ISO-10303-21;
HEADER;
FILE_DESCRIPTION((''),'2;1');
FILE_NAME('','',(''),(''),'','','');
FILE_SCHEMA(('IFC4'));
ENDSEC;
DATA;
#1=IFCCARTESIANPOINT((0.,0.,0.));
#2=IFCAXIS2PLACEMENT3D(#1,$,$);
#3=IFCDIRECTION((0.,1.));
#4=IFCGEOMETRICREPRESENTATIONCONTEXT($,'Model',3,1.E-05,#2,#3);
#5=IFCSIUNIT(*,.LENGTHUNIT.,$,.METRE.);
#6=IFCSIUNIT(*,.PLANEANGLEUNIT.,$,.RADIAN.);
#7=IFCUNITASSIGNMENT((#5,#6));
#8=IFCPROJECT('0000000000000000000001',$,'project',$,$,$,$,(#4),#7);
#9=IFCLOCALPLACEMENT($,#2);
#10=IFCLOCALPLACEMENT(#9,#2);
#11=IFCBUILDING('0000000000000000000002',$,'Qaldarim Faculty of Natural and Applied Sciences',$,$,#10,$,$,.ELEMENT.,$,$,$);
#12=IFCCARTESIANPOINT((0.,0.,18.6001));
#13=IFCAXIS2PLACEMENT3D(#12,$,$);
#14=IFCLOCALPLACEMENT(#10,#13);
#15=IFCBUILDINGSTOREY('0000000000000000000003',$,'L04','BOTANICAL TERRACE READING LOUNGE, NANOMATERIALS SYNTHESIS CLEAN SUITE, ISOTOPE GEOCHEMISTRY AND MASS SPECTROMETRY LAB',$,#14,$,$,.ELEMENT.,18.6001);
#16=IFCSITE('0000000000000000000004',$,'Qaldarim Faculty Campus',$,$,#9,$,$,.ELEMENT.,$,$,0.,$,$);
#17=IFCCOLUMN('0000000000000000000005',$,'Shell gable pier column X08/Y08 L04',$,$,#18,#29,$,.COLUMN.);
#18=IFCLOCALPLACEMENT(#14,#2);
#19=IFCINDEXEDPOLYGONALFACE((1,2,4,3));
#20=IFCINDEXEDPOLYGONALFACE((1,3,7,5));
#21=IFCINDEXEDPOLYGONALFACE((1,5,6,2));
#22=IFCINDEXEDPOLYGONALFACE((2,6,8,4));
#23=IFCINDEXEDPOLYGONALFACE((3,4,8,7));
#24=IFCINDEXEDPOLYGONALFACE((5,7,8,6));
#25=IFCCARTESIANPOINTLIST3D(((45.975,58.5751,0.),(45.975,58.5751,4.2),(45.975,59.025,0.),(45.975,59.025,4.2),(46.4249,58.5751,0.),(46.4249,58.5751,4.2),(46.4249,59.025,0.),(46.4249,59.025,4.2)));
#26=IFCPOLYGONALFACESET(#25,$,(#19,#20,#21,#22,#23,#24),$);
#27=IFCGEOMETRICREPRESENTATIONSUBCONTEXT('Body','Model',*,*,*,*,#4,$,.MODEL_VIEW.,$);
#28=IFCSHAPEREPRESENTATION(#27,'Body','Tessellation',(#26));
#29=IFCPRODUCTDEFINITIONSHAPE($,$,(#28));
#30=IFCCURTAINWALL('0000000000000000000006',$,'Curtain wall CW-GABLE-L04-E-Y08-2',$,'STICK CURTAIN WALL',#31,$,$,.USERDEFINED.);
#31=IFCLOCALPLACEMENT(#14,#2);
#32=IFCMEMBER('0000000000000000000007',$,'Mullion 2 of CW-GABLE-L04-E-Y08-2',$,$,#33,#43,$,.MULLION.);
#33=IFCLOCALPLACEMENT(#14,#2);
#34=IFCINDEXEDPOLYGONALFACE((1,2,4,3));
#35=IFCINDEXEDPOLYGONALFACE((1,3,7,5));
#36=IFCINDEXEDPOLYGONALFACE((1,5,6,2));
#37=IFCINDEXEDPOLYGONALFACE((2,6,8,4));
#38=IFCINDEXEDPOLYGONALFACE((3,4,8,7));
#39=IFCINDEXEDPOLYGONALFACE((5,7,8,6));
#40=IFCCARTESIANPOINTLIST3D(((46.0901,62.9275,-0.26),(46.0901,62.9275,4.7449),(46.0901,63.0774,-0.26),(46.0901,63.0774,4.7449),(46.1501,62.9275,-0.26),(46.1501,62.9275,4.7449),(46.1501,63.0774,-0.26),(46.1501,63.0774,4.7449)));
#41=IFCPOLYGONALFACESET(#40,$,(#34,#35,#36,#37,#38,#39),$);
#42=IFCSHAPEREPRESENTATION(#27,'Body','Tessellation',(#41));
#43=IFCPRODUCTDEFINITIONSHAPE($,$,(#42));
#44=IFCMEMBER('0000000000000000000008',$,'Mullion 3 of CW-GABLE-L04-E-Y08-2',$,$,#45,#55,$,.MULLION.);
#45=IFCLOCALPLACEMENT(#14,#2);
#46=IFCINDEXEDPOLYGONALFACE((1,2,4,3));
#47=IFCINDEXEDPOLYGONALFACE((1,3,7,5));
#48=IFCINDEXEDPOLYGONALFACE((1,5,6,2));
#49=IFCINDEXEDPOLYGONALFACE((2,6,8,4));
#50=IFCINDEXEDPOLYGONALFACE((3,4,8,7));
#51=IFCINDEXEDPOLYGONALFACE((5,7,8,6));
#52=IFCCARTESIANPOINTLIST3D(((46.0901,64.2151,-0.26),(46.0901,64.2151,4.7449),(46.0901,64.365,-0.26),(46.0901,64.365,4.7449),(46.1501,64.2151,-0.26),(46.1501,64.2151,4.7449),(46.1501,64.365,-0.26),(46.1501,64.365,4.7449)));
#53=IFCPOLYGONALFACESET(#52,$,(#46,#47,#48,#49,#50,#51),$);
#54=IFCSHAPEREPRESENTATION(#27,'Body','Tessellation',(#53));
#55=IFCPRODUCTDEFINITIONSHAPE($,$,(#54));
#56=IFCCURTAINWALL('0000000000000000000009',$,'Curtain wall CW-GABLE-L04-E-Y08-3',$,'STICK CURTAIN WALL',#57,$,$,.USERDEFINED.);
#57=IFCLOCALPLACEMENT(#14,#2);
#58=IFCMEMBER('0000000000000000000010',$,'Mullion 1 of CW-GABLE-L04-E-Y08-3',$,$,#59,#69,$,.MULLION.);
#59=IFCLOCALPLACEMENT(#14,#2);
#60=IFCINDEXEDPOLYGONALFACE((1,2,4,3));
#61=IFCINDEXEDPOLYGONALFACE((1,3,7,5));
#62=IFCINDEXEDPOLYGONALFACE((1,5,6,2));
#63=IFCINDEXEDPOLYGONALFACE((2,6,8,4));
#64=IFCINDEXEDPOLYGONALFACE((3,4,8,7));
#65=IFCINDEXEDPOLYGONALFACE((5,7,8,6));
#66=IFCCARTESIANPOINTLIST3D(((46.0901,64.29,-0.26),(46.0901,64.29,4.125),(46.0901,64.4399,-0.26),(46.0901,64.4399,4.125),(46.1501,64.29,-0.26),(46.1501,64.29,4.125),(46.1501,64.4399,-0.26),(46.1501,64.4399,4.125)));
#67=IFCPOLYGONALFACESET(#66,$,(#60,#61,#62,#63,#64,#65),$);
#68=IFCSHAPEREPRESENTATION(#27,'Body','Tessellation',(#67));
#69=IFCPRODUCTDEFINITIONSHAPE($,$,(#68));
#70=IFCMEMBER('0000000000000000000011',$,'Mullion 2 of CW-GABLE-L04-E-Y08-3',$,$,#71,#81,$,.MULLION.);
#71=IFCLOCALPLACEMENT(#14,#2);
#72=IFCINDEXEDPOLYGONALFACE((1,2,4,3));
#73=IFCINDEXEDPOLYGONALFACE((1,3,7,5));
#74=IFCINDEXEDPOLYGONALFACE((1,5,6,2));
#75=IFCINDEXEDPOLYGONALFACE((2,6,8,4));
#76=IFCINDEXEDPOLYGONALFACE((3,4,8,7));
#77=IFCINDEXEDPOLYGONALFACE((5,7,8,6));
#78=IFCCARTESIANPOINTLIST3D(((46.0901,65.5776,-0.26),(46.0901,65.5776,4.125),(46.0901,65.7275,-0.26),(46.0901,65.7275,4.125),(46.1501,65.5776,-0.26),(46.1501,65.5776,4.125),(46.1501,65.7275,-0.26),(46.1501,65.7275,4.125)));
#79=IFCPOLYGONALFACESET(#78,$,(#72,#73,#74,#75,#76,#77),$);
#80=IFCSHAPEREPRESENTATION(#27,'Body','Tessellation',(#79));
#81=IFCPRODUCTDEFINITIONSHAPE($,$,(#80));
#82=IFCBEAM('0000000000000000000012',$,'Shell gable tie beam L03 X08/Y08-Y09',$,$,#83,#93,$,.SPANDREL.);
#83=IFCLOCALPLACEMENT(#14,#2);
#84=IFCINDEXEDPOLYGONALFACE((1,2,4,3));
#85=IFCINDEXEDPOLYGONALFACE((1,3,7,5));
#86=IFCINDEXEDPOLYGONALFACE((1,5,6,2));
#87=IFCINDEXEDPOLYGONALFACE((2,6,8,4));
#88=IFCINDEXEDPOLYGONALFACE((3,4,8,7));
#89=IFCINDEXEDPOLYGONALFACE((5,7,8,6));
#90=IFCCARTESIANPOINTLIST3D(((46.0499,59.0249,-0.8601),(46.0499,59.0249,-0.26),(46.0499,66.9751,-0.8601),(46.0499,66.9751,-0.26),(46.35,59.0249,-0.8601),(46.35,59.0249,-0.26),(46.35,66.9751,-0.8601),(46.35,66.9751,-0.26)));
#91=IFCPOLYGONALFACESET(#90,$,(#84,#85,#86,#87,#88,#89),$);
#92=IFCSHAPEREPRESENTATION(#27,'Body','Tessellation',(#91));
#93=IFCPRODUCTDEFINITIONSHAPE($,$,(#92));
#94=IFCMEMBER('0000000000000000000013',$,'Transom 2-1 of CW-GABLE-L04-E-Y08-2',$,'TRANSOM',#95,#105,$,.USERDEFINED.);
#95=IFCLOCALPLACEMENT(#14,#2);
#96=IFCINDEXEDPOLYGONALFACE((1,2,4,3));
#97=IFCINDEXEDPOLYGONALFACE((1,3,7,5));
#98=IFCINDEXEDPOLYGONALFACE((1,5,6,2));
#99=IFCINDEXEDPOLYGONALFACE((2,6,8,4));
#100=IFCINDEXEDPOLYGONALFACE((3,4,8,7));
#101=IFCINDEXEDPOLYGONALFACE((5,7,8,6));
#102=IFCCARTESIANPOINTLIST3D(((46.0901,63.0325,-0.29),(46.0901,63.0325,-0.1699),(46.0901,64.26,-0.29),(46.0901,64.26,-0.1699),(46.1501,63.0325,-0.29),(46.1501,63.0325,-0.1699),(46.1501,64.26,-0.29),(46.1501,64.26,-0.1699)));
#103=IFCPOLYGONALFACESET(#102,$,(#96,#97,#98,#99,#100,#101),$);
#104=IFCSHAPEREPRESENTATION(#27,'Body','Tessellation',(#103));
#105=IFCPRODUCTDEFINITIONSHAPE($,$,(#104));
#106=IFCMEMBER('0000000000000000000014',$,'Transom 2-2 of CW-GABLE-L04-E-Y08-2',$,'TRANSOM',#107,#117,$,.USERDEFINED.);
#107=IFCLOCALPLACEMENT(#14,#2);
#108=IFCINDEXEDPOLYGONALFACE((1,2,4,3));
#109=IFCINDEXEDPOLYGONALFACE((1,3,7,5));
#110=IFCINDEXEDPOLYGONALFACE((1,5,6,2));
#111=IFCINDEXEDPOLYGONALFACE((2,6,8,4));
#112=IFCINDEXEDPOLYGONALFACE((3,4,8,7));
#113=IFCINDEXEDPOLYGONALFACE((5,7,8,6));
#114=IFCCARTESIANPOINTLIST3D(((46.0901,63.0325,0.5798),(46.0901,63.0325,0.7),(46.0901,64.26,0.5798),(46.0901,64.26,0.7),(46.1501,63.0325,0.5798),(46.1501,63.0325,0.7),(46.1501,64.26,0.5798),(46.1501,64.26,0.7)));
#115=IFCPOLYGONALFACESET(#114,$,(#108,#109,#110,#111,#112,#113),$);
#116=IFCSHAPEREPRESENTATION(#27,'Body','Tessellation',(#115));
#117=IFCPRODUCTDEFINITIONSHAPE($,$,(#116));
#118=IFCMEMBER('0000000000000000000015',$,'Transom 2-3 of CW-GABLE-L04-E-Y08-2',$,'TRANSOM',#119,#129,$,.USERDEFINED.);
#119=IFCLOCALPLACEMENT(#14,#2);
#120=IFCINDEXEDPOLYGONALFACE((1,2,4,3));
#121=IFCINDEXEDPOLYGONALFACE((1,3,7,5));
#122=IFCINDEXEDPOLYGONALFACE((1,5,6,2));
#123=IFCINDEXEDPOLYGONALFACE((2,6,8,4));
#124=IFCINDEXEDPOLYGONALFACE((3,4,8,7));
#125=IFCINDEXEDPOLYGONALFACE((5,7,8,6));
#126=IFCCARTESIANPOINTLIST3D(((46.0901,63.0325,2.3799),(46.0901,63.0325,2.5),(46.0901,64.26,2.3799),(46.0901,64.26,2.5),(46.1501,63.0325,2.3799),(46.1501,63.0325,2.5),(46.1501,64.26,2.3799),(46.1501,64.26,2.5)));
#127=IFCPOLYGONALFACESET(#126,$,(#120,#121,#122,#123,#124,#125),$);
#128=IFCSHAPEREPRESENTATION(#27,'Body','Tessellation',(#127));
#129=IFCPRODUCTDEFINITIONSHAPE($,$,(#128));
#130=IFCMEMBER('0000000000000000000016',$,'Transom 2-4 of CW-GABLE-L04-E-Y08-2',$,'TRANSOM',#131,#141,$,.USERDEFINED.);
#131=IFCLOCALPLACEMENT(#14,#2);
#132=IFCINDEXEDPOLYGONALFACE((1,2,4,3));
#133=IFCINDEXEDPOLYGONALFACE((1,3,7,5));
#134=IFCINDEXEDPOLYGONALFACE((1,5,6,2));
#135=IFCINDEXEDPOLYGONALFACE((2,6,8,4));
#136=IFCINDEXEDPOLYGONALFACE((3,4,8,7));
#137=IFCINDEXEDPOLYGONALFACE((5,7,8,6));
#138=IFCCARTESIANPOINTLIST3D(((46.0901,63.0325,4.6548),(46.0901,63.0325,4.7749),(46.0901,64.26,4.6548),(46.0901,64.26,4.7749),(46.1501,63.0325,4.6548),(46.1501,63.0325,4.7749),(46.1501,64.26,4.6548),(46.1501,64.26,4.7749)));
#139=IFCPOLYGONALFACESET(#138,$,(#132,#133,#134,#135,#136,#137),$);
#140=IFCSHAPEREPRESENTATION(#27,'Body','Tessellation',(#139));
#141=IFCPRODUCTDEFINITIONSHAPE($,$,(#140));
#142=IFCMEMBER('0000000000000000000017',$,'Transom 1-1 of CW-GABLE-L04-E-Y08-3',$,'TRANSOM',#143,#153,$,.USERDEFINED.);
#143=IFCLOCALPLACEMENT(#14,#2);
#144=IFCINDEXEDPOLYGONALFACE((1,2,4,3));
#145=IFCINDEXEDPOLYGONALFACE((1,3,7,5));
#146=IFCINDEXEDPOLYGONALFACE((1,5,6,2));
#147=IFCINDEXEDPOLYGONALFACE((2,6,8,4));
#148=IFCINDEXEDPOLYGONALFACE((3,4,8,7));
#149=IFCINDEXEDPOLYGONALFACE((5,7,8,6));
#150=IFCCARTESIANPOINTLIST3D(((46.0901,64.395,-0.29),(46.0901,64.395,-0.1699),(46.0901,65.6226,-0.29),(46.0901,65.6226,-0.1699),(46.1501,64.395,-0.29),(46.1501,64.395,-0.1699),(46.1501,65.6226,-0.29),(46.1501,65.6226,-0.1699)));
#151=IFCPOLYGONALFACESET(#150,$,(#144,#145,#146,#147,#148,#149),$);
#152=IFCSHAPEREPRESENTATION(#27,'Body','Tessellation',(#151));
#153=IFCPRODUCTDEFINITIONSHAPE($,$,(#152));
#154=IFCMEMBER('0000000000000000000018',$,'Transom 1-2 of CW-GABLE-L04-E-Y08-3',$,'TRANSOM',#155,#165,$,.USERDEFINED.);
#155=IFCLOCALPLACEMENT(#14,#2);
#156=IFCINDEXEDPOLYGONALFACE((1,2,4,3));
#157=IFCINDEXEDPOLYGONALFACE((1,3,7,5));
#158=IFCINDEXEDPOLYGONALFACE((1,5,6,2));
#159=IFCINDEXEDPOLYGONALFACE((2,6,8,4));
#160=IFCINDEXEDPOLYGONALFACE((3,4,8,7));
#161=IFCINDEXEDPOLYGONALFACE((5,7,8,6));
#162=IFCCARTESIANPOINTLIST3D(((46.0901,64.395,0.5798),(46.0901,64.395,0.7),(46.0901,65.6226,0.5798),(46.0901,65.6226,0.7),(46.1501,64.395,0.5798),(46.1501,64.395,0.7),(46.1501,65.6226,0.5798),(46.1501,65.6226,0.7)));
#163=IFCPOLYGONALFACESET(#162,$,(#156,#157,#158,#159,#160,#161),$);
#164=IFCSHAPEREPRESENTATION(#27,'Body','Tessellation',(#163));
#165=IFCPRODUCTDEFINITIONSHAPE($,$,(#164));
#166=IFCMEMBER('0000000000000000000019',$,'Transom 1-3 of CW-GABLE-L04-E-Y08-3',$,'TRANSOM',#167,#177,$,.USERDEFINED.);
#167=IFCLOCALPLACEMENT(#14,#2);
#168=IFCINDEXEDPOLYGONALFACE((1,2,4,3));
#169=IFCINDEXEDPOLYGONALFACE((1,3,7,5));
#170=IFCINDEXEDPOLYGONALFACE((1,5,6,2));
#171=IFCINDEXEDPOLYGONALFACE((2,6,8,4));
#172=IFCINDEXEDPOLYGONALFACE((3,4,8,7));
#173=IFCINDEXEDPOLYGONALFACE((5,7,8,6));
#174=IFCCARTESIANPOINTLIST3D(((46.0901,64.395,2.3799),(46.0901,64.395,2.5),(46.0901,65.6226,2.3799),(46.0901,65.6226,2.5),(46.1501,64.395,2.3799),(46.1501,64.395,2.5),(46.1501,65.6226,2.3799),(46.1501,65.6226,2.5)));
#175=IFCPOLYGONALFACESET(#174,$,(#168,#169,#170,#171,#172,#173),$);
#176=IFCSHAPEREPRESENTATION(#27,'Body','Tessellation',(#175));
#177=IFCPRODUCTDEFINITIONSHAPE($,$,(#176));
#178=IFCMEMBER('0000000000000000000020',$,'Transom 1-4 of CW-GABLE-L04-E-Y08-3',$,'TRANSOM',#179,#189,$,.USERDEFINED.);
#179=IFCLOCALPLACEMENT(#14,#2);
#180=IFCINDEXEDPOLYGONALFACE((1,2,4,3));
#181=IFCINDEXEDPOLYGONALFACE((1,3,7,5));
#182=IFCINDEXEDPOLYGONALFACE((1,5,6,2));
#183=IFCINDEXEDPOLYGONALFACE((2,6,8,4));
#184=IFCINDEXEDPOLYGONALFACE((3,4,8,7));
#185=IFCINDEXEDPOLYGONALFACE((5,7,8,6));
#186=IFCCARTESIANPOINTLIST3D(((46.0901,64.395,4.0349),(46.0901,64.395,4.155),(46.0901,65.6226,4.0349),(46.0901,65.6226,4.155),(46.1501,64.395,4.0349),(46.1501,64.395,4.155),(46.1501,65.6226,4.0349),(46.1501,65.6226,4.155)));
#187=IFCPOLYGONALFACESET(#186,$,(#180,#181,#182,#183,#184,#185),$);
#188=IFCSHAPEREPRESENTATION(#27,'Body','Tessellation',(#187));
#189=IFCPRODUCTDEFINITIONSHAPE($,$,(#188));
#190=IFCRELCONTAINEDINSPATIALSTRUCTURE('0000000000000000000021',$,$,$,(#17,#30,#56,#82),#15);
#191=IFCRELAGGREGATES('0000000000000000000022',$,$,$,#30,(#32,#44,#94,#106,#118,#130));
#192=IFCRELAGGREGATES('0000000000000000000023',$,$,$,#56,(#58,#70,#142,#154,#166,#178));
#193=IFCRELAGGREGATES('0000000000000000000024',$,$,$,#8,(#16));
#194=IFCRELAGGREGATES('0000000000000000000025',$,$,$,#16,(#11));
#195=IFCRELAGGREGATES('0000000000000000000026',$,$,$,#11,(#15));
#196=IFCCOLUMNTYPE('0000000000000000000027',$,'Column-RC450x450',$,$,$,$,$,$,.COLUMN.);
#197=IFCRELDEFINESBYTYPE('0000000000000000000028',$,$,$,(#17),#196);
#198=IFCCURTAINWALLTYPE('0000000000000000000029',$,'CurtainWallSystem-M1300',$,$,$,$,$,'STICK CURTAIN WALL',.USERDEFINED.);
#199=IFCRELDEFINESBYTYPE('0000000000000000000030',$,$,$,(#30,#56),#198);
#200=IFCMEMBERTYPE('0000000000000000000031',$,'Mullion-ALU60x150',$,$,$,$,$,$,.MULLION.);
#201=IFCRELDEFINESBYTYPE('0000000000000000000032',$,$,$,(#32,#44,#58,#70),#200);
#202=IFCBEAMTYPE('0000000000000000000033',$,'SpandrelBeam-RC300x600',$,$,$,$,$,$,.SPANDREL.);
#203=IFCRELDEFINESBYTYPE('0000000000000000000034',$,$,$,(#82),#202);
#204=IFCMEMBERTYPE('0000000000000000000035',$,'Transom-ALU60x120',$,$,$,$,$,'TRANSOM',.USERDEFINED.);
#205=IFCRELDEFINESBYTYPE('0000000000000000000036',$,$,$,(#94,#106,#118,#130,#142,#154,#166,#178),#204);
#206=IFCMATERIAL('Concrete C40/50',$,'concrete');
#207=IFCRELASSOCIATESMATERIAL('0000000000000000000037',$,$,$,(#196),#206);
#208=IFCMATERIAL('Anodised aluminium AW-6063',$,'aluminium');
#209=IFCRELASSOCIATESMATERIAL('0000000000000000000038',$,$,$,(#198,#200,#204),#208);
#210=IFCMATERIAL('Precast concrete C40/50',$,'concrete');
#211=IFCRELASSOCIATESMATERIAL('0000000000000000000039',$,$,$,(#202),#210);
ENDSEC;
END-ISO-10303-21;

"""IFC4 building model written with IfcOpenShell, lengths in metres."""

from ifc_helpers import new_model, si_unit, direction, frame, origin, origin_2d, place, context, subcontext, project, spatial, rectangle, extrude, material, material_profile, profile_set, type_object, element, aggregate, save


model = new_model("IFC4")

# Units and contexts
model_context = context("Model", 3, precision=1e-05, world=origin(), true_north=direction((0.0, 1.0)))
body_context = subcontext(model_context, "Body", "Model", "MODEL_VIEW")
ifc_project = project(units=[si_unit("LENGTHUNIT", "METRE"), si_unit("PLANEANGLEUNIT", "RADIAN")], contexts=[model_context])

# Site, building, storey
site_placement = place(None, origin())
site = spatial("IfcSite", under=ifc_project, at=site_placement, Name="Qaldarim Faculty Campus", CompositionType="ELEMENT", RefElevation=0.0)
building_placement = place(site_placement, origin())
building = spatial("IfcBuilding", under=site, at=building_placement, Name="Qaldarim Faculty of Natural and Applied Sciences", CompositionType="ELEMENT")
storey_placement = place(building_placement, frame((0.0, 0.0, 18.6001)))
storey = spatial("IfcBuildingStorey", under=building, at=storey_placement, Name="L04", Description="BOTANICAL TERRACE READING LOUNGE, NANOMATERIALS SYNTHESIS CLEAN SUITE, ISOTOPE GEOCHEMISTRY AND MASS SPECTROMETRY LAB", CompositionType="ELEMENT", Elevation=18.6001)

# Column
ifc_material_1 = material(Name="Concrete C40/50", Category="concrete")
ifc_material_profile_1 = material_profile(ifc_material_1, rectangle(XDim=0.45, YDim=0.45, at=origin_2d()), Name="RC-C450x450")
ifc_profile_set_1 = profile_set([ifc_material_profile_1], Name="Concrete C40/50")
column_type = type_object("IfcColumnType", Name="Column-RC450x450", PredefinedType="COLUMN", material=ifc_profile_set_1)
column_placement = place(storey_placement, frame((46.2, 58.8, 0.0), z_axis=(0.0, 0.0, 1.0), x_axis=(1.0, 0.0, 0.0)))
element("IfcColumn", 1, at=column_placement, inside=storey, type_object=column_type, Name="Shell gable pier column X08/Y08 L04", PredefinedType="COLUMN", context=body_context, shape_type="SweptSolid", body=[
    extrude(rectangle(XDim=0.45, YDim=0.45, at=origin_2d()), origin(), (0.0, 0.0, 1.0), 4.2),
])

# Curtain walls, members
ifc_material_2 = material(Name="Anodised aluminium AW-6063", Category="aluminium")
curtain_wall_type = type_object("IfcCurtainWallType", Name="CurtainWallSystem-M1300", ElementType="STICK CURTAIN WALL", PredefinedType="USERDEFINED", material=ifc_material_2)
curtain_wall_1_placement = place(storey_placement, origin())
curtain_wall_1 = element("IfcCurtainWall", 2, at=curtain_wall_1_placement, inside=storey, type_object=curtain_wall_type, Name="Curtain wall CW-GABLE-L04-E-Y08-2", ObjectType="STICK CURTAIN WALL", PredefinedType="USERDEFINED")
ifc_material_profile_2 = material_profile(ifc_material_2, rectangle(XDim=0.0601, YDim=0.1499, at=origin_2d()), Name="ALU-M60x150")
ifc_profile_set_2 = profile_set([ifc_material_profile_2], Name="Anodised aluminium AW-6063")
member_type_1 = type_object("IfcMemberType", Name="Mullion-ALU60x150", PredefinedType="MULLION", material=ifc_profile_set_2)
member_1_placement = place(storey_placement, frame((46.1201, 63.0024, -0.26), z_axis=(0.0, 0.0, 1.0), x_axis=(-1.0, 0.0, 0.0)))
member_1 = element("IfcMember", 3, at=member_1_placement, type_object=member_type_1, Name="Mullion 2 of CW-GABLE-L04-E-Y08-2", PredefinedType="MULLION", context=body_context, shape_type="SweptSolid", body=[
    extrude(rectangle(XDim=0.0601, YDim=0.1499, at=origin_2d()), origin(), (0.0, 0.0, 1.0), 5.0049),
])
member_2_placement = place(storey_placement, frame((46.1201, 64.29, -0.26), z_axis=(0.0, 0.0, 1.0), x_axis=(-1.0, 0.0, 0.0)))
member_2 = element("IfcMember", 4, at=member_2_placement, type_object=member_type_1, Name="Mullion 3 of CW-GABLE-L04-E-Y08-2", PredefinedType="MULLION", context=body_context, shape_type="SweptSolid", body=[
    extrude(rectangle(XDim=0.0601, YDim=0.1499, at=origin_2d()), origin(), (0.0, 0.0, 1.0), 5.0049),
])
curtain_wall_2_placement = place(storey_placement, origin())
curtain_wall_2 = element("IfcCurtainWall", 5, at=curtain_wall_2_placement, inside=storey, type_object=curtain_wall_type, Name="Curtain wall CW-GABLE-L04-E-Y08-3", ObjectType="STICK CURTAIN WALL", PredefinedType="USERDEFINED")
member_3_placement = place(storey_placement, frame((46.1201, 64.365, -0.26), z_axis=(0.0, 0.0, 1.0), x_axis=(-1.0, 0.0, 0.0)))
member_3 = element("IfcMember", 6, at=member_3_placement, type_object=member_type_1, Name="Mullion 1 of CW-GABLE-L04-E-Y08-3", PredefinedType="MULLION", context=body_context, shape_type="SweptSolid", body=[
    extrude(rectangle(XDim=0.0601, YDim=0.1499, at=origin_2d()), origin(), (0.0, 0.0, 1.0), 4.385),
])
member_4_placement = place(storey_placement, frame((46.1201, 65.6526, -0.26), z_axis=(0.0, 0.0, 1.0), x_axis=(-1.0, 0.0, 0.0)))
member_4 = element("IfcMember", 7, at=member_4_placement, type_object=member_type_1, Name="Mullion 2 of CW-GABLE-L04-E-Y08-3", PredefinedType="MULLION", context=body_context, shape_type="SweptSolid", body=[
    extrude(rectangle(XDim=0.0601, YDim=0.1499, at=origin_2d()), origin(), (0.0, 0.0, 1.0), 4.385),
])

# Beam
ifc_material_3 = material(Name="Precast concrete C40/50", Category="concrete")
ifc_material_profile_3 = material_profile(ifc_material_3, rectangle(XDim=0.3, YDim=0.6001, at=origin_2d()), Name="RC-SP300x600")
ifc_profile_set_3 = profile_set([ifc_material_profile_3], Name="Precast concrete C40/50")
beam_type = type_object("IfcBeamType", Name="SpandrelBeam-RC300x600", PredefinedType="SPANDREL", material=ifc_profile_set_3)
beam_placement = place(storey_placement, frame((46.2, 59.0249, -0.5601), z_axis=(0.0, 1.0, 0.0), x_axis=(-1.0, 0.0, 0.0)))
element("IfcBeam", 8, at=beam_placement, inside=storey, type_object=beam_type, Name="Shell gable tie beam L03 X08/Y08-Y09", PredefinedType="SPANDREL", context=body_context, shape_type="SweptSolid", body=[
    extrude(rectangle(XDim=0.3, YDim=0.6001, at=origin_2d()), origin(), (0.0, 0.0, 1.0), 7.9502),
])

# Members
ifc_material_profile_4 = material_profile(ifc_material_2, rectangle(XDim=0.0601, YDim=0.1201, at=origin_2d()), Name="ALU-T60x120")
ifc_profile_set_4 = profile_set([ifc_material_profile_4], Name="Anodised aluminium AW-6063")
member_type_2 = type_object("IfcMemberType", Name="Transom-ALU60x120", ElementType="TRANSOM", PredefinedType="USERDEFINED", material=ifc_profile_set_4)
member_5_placement = place(storey_placement, frame((46.1201, 63.0325, -0.23), z_axis=(0.0, 1.0, 0.0), x_axis=(-1.0, 0.0, 0.0)))
member_5 = element("IfcMember", 9, at=member_5_placement, type_object=member_type_2, Name="Transom 2-1 of CW-GABLE-L04-E-Y08-2", ObjectType="TRANSOM", PredefinedType="USERDEFINED", context=body_context, shape_type="SweptSolid", body=[
    extrude(rectangle(XDim=0.0601, YDim=0.1201, at=origin_2d()), origin(), (0.0, 0.0, 1.0), 1.2275),
])
member_6_placement = place(storey_placement, frame((46.1201, 63.0325, 0.6399), z_axis=(0.0, 1.0, 0.0), x_axis=(-1.0, 0.0, 0.0)))
member_6 = element("IfcMember", 10, at=member_6_placement, type_object=member_type_2, Name="Transom 2-2 of CW-GABLE-L04-E-Y08-2", ObjectType="TRANSOM", PredefinedType="USERDEFINED", context=body_context, shape_type="SweptSolid", body=[
    extrude(rectangle(XDim=0.0601, YDim=0.1201, at=origin_2d()), origin(), (0.0, 0.0, 1.0), 1.2275),
])
member_7_placement = place(storey_placement, frame((46.1201, 63.0325, 2.4399), z_axis=(0.0, 1.0, 0.0), x_axis=(-1.0, 0.0, 0.0)))
member_7 = element("IfcMember", 11, at=member_7_placement, type_object=member_type_2, Name="Transom 2-3 of CW-GABLE-L04-E-Y08-2", ObjectType="TRANSOM", PredefinedType="USERDEFINED", context=body_context, shape_type="SweptSolid", body=[
    extrude(rectangle(XDim=0.0601, YDim=0.1201, at=origin_2d()), origin(), (0.0, 0.0, 1.0), 1.2275),
])
member_8_placement = place(storey_placement, frame((46.1201, 63.0325, 4.7148), z_axis=(0.0, 1.0, 0.0), x_axis=(-1.0, 0.0, 0.0)))
member_8 = element("IfcMember", 12, at=member_8_placement, type_object=member_type_2, Name="Transom 2-4 of CW-GABLE-L04-E-Y08-2", ObjectType="TRANSOM", PredefinedType="USERDEFINED", context=body_context, shape_type="SweptSolid", body=[
    extrude(rectangle(XDim=0.0601, YDim=0.1201, at=origin_2d()), origin(), (0.0, 0.0, 1.0), 1.2275),
])
member_9_placement = place(storey_placement, frame((46.1201, 64.395, -0.23), z_axis=(0.0, 1.0, 0.0), x_axis=(-1.0, 0.0, 0.0)))
member_9 = element("IfcMember", 13, at=member_9_placement, type_object=member_type_2, Name="Transom 1-1 of CW-GABLE-L04-E-Y08-3", ObjectType="TRANSOM", PredefinedType="USERDEFINED", context=body_context, shape_type="SweptSolid", body=[
    extrude(rectangle(XDim=0.0601, YDim=0.1201, at=origin_2d()), origin(), (0.0, 0.0, 1.0), 1.2275),
])
member_10_placement = place(storey_placement, frame((46.1201, 64.395, 0.6399), z_axis=(0.0, 1.0, 0.0), x_axis=(-1.0, 0.0, 0.0)))
member_10 = element("IfcMember", 14, at=member_10_placement, type_object=member_type_2, Name="Transom 1-2 of CW-GABLE-L04-E-Y08-3", ObjectType="TRANSOM", PredefinedType="USERDEFINED", context=body_context, shape_type="SweptSolid", body=[
    extrude(rectangle(XDim=0.0601, YDim=0.1201, at=origin_2d()), origin(), (0.0, 0.0, 1.0), 1.2275),
])
member_11_placement = place(storey_placement, frame((46.1201, 64.395, 2.4399), z_axis=(0.0, 1.0, 0.0), x_axis=(-1.0, 0.0, 0.0)))
member_11 = element("IfcMember", 15, at=member_11_placement, type_object=member_type_2, Name="Transom 1-3 of CW-GABLE-L04-E-Y08-3", ObjectType="TRANSOM", PredefinedType="USERDEFINED", context=body_context, shape_type="SweptSolid", body=[
    extrude(rectangle(XDim=0.0601, YDim=0.1201, at=origin_2d()), origin(), (0.0, 0.0, 1.0), 1.2275),
])
member_12_placement = place(storey_placement, frame((46.1201, 64.395, 4.095), z_axis=(0.0, 1.0, 0.0), x_axis=(-1.0, 0.0, 0.0)))
member_12 = element("IfcMember", 16, at=member_12_placement, type_object=member_type_2, Name="Transom 1-4 of CW-GABLE-L04-E-Y08-3", ObjectType="TRANSOM", PredefinedType="USERDEFINED", context=body_context, shape_type="SweptSolid", body=[
    extrude(rectangle(XDim=0.0601, YDim=0.1201, at=origin_2d()), origin(), (0.0, 0.0, 1.0), 1.2275),
])

aggregate(curtain_wall_1, [member_1, member_2, member_5, member_6, member_7, member_8])
aggregate(curtain_wall_2, [member_3, member_4, member_9, member_10, member_11, member_12])

save(model, "model.ifc")
